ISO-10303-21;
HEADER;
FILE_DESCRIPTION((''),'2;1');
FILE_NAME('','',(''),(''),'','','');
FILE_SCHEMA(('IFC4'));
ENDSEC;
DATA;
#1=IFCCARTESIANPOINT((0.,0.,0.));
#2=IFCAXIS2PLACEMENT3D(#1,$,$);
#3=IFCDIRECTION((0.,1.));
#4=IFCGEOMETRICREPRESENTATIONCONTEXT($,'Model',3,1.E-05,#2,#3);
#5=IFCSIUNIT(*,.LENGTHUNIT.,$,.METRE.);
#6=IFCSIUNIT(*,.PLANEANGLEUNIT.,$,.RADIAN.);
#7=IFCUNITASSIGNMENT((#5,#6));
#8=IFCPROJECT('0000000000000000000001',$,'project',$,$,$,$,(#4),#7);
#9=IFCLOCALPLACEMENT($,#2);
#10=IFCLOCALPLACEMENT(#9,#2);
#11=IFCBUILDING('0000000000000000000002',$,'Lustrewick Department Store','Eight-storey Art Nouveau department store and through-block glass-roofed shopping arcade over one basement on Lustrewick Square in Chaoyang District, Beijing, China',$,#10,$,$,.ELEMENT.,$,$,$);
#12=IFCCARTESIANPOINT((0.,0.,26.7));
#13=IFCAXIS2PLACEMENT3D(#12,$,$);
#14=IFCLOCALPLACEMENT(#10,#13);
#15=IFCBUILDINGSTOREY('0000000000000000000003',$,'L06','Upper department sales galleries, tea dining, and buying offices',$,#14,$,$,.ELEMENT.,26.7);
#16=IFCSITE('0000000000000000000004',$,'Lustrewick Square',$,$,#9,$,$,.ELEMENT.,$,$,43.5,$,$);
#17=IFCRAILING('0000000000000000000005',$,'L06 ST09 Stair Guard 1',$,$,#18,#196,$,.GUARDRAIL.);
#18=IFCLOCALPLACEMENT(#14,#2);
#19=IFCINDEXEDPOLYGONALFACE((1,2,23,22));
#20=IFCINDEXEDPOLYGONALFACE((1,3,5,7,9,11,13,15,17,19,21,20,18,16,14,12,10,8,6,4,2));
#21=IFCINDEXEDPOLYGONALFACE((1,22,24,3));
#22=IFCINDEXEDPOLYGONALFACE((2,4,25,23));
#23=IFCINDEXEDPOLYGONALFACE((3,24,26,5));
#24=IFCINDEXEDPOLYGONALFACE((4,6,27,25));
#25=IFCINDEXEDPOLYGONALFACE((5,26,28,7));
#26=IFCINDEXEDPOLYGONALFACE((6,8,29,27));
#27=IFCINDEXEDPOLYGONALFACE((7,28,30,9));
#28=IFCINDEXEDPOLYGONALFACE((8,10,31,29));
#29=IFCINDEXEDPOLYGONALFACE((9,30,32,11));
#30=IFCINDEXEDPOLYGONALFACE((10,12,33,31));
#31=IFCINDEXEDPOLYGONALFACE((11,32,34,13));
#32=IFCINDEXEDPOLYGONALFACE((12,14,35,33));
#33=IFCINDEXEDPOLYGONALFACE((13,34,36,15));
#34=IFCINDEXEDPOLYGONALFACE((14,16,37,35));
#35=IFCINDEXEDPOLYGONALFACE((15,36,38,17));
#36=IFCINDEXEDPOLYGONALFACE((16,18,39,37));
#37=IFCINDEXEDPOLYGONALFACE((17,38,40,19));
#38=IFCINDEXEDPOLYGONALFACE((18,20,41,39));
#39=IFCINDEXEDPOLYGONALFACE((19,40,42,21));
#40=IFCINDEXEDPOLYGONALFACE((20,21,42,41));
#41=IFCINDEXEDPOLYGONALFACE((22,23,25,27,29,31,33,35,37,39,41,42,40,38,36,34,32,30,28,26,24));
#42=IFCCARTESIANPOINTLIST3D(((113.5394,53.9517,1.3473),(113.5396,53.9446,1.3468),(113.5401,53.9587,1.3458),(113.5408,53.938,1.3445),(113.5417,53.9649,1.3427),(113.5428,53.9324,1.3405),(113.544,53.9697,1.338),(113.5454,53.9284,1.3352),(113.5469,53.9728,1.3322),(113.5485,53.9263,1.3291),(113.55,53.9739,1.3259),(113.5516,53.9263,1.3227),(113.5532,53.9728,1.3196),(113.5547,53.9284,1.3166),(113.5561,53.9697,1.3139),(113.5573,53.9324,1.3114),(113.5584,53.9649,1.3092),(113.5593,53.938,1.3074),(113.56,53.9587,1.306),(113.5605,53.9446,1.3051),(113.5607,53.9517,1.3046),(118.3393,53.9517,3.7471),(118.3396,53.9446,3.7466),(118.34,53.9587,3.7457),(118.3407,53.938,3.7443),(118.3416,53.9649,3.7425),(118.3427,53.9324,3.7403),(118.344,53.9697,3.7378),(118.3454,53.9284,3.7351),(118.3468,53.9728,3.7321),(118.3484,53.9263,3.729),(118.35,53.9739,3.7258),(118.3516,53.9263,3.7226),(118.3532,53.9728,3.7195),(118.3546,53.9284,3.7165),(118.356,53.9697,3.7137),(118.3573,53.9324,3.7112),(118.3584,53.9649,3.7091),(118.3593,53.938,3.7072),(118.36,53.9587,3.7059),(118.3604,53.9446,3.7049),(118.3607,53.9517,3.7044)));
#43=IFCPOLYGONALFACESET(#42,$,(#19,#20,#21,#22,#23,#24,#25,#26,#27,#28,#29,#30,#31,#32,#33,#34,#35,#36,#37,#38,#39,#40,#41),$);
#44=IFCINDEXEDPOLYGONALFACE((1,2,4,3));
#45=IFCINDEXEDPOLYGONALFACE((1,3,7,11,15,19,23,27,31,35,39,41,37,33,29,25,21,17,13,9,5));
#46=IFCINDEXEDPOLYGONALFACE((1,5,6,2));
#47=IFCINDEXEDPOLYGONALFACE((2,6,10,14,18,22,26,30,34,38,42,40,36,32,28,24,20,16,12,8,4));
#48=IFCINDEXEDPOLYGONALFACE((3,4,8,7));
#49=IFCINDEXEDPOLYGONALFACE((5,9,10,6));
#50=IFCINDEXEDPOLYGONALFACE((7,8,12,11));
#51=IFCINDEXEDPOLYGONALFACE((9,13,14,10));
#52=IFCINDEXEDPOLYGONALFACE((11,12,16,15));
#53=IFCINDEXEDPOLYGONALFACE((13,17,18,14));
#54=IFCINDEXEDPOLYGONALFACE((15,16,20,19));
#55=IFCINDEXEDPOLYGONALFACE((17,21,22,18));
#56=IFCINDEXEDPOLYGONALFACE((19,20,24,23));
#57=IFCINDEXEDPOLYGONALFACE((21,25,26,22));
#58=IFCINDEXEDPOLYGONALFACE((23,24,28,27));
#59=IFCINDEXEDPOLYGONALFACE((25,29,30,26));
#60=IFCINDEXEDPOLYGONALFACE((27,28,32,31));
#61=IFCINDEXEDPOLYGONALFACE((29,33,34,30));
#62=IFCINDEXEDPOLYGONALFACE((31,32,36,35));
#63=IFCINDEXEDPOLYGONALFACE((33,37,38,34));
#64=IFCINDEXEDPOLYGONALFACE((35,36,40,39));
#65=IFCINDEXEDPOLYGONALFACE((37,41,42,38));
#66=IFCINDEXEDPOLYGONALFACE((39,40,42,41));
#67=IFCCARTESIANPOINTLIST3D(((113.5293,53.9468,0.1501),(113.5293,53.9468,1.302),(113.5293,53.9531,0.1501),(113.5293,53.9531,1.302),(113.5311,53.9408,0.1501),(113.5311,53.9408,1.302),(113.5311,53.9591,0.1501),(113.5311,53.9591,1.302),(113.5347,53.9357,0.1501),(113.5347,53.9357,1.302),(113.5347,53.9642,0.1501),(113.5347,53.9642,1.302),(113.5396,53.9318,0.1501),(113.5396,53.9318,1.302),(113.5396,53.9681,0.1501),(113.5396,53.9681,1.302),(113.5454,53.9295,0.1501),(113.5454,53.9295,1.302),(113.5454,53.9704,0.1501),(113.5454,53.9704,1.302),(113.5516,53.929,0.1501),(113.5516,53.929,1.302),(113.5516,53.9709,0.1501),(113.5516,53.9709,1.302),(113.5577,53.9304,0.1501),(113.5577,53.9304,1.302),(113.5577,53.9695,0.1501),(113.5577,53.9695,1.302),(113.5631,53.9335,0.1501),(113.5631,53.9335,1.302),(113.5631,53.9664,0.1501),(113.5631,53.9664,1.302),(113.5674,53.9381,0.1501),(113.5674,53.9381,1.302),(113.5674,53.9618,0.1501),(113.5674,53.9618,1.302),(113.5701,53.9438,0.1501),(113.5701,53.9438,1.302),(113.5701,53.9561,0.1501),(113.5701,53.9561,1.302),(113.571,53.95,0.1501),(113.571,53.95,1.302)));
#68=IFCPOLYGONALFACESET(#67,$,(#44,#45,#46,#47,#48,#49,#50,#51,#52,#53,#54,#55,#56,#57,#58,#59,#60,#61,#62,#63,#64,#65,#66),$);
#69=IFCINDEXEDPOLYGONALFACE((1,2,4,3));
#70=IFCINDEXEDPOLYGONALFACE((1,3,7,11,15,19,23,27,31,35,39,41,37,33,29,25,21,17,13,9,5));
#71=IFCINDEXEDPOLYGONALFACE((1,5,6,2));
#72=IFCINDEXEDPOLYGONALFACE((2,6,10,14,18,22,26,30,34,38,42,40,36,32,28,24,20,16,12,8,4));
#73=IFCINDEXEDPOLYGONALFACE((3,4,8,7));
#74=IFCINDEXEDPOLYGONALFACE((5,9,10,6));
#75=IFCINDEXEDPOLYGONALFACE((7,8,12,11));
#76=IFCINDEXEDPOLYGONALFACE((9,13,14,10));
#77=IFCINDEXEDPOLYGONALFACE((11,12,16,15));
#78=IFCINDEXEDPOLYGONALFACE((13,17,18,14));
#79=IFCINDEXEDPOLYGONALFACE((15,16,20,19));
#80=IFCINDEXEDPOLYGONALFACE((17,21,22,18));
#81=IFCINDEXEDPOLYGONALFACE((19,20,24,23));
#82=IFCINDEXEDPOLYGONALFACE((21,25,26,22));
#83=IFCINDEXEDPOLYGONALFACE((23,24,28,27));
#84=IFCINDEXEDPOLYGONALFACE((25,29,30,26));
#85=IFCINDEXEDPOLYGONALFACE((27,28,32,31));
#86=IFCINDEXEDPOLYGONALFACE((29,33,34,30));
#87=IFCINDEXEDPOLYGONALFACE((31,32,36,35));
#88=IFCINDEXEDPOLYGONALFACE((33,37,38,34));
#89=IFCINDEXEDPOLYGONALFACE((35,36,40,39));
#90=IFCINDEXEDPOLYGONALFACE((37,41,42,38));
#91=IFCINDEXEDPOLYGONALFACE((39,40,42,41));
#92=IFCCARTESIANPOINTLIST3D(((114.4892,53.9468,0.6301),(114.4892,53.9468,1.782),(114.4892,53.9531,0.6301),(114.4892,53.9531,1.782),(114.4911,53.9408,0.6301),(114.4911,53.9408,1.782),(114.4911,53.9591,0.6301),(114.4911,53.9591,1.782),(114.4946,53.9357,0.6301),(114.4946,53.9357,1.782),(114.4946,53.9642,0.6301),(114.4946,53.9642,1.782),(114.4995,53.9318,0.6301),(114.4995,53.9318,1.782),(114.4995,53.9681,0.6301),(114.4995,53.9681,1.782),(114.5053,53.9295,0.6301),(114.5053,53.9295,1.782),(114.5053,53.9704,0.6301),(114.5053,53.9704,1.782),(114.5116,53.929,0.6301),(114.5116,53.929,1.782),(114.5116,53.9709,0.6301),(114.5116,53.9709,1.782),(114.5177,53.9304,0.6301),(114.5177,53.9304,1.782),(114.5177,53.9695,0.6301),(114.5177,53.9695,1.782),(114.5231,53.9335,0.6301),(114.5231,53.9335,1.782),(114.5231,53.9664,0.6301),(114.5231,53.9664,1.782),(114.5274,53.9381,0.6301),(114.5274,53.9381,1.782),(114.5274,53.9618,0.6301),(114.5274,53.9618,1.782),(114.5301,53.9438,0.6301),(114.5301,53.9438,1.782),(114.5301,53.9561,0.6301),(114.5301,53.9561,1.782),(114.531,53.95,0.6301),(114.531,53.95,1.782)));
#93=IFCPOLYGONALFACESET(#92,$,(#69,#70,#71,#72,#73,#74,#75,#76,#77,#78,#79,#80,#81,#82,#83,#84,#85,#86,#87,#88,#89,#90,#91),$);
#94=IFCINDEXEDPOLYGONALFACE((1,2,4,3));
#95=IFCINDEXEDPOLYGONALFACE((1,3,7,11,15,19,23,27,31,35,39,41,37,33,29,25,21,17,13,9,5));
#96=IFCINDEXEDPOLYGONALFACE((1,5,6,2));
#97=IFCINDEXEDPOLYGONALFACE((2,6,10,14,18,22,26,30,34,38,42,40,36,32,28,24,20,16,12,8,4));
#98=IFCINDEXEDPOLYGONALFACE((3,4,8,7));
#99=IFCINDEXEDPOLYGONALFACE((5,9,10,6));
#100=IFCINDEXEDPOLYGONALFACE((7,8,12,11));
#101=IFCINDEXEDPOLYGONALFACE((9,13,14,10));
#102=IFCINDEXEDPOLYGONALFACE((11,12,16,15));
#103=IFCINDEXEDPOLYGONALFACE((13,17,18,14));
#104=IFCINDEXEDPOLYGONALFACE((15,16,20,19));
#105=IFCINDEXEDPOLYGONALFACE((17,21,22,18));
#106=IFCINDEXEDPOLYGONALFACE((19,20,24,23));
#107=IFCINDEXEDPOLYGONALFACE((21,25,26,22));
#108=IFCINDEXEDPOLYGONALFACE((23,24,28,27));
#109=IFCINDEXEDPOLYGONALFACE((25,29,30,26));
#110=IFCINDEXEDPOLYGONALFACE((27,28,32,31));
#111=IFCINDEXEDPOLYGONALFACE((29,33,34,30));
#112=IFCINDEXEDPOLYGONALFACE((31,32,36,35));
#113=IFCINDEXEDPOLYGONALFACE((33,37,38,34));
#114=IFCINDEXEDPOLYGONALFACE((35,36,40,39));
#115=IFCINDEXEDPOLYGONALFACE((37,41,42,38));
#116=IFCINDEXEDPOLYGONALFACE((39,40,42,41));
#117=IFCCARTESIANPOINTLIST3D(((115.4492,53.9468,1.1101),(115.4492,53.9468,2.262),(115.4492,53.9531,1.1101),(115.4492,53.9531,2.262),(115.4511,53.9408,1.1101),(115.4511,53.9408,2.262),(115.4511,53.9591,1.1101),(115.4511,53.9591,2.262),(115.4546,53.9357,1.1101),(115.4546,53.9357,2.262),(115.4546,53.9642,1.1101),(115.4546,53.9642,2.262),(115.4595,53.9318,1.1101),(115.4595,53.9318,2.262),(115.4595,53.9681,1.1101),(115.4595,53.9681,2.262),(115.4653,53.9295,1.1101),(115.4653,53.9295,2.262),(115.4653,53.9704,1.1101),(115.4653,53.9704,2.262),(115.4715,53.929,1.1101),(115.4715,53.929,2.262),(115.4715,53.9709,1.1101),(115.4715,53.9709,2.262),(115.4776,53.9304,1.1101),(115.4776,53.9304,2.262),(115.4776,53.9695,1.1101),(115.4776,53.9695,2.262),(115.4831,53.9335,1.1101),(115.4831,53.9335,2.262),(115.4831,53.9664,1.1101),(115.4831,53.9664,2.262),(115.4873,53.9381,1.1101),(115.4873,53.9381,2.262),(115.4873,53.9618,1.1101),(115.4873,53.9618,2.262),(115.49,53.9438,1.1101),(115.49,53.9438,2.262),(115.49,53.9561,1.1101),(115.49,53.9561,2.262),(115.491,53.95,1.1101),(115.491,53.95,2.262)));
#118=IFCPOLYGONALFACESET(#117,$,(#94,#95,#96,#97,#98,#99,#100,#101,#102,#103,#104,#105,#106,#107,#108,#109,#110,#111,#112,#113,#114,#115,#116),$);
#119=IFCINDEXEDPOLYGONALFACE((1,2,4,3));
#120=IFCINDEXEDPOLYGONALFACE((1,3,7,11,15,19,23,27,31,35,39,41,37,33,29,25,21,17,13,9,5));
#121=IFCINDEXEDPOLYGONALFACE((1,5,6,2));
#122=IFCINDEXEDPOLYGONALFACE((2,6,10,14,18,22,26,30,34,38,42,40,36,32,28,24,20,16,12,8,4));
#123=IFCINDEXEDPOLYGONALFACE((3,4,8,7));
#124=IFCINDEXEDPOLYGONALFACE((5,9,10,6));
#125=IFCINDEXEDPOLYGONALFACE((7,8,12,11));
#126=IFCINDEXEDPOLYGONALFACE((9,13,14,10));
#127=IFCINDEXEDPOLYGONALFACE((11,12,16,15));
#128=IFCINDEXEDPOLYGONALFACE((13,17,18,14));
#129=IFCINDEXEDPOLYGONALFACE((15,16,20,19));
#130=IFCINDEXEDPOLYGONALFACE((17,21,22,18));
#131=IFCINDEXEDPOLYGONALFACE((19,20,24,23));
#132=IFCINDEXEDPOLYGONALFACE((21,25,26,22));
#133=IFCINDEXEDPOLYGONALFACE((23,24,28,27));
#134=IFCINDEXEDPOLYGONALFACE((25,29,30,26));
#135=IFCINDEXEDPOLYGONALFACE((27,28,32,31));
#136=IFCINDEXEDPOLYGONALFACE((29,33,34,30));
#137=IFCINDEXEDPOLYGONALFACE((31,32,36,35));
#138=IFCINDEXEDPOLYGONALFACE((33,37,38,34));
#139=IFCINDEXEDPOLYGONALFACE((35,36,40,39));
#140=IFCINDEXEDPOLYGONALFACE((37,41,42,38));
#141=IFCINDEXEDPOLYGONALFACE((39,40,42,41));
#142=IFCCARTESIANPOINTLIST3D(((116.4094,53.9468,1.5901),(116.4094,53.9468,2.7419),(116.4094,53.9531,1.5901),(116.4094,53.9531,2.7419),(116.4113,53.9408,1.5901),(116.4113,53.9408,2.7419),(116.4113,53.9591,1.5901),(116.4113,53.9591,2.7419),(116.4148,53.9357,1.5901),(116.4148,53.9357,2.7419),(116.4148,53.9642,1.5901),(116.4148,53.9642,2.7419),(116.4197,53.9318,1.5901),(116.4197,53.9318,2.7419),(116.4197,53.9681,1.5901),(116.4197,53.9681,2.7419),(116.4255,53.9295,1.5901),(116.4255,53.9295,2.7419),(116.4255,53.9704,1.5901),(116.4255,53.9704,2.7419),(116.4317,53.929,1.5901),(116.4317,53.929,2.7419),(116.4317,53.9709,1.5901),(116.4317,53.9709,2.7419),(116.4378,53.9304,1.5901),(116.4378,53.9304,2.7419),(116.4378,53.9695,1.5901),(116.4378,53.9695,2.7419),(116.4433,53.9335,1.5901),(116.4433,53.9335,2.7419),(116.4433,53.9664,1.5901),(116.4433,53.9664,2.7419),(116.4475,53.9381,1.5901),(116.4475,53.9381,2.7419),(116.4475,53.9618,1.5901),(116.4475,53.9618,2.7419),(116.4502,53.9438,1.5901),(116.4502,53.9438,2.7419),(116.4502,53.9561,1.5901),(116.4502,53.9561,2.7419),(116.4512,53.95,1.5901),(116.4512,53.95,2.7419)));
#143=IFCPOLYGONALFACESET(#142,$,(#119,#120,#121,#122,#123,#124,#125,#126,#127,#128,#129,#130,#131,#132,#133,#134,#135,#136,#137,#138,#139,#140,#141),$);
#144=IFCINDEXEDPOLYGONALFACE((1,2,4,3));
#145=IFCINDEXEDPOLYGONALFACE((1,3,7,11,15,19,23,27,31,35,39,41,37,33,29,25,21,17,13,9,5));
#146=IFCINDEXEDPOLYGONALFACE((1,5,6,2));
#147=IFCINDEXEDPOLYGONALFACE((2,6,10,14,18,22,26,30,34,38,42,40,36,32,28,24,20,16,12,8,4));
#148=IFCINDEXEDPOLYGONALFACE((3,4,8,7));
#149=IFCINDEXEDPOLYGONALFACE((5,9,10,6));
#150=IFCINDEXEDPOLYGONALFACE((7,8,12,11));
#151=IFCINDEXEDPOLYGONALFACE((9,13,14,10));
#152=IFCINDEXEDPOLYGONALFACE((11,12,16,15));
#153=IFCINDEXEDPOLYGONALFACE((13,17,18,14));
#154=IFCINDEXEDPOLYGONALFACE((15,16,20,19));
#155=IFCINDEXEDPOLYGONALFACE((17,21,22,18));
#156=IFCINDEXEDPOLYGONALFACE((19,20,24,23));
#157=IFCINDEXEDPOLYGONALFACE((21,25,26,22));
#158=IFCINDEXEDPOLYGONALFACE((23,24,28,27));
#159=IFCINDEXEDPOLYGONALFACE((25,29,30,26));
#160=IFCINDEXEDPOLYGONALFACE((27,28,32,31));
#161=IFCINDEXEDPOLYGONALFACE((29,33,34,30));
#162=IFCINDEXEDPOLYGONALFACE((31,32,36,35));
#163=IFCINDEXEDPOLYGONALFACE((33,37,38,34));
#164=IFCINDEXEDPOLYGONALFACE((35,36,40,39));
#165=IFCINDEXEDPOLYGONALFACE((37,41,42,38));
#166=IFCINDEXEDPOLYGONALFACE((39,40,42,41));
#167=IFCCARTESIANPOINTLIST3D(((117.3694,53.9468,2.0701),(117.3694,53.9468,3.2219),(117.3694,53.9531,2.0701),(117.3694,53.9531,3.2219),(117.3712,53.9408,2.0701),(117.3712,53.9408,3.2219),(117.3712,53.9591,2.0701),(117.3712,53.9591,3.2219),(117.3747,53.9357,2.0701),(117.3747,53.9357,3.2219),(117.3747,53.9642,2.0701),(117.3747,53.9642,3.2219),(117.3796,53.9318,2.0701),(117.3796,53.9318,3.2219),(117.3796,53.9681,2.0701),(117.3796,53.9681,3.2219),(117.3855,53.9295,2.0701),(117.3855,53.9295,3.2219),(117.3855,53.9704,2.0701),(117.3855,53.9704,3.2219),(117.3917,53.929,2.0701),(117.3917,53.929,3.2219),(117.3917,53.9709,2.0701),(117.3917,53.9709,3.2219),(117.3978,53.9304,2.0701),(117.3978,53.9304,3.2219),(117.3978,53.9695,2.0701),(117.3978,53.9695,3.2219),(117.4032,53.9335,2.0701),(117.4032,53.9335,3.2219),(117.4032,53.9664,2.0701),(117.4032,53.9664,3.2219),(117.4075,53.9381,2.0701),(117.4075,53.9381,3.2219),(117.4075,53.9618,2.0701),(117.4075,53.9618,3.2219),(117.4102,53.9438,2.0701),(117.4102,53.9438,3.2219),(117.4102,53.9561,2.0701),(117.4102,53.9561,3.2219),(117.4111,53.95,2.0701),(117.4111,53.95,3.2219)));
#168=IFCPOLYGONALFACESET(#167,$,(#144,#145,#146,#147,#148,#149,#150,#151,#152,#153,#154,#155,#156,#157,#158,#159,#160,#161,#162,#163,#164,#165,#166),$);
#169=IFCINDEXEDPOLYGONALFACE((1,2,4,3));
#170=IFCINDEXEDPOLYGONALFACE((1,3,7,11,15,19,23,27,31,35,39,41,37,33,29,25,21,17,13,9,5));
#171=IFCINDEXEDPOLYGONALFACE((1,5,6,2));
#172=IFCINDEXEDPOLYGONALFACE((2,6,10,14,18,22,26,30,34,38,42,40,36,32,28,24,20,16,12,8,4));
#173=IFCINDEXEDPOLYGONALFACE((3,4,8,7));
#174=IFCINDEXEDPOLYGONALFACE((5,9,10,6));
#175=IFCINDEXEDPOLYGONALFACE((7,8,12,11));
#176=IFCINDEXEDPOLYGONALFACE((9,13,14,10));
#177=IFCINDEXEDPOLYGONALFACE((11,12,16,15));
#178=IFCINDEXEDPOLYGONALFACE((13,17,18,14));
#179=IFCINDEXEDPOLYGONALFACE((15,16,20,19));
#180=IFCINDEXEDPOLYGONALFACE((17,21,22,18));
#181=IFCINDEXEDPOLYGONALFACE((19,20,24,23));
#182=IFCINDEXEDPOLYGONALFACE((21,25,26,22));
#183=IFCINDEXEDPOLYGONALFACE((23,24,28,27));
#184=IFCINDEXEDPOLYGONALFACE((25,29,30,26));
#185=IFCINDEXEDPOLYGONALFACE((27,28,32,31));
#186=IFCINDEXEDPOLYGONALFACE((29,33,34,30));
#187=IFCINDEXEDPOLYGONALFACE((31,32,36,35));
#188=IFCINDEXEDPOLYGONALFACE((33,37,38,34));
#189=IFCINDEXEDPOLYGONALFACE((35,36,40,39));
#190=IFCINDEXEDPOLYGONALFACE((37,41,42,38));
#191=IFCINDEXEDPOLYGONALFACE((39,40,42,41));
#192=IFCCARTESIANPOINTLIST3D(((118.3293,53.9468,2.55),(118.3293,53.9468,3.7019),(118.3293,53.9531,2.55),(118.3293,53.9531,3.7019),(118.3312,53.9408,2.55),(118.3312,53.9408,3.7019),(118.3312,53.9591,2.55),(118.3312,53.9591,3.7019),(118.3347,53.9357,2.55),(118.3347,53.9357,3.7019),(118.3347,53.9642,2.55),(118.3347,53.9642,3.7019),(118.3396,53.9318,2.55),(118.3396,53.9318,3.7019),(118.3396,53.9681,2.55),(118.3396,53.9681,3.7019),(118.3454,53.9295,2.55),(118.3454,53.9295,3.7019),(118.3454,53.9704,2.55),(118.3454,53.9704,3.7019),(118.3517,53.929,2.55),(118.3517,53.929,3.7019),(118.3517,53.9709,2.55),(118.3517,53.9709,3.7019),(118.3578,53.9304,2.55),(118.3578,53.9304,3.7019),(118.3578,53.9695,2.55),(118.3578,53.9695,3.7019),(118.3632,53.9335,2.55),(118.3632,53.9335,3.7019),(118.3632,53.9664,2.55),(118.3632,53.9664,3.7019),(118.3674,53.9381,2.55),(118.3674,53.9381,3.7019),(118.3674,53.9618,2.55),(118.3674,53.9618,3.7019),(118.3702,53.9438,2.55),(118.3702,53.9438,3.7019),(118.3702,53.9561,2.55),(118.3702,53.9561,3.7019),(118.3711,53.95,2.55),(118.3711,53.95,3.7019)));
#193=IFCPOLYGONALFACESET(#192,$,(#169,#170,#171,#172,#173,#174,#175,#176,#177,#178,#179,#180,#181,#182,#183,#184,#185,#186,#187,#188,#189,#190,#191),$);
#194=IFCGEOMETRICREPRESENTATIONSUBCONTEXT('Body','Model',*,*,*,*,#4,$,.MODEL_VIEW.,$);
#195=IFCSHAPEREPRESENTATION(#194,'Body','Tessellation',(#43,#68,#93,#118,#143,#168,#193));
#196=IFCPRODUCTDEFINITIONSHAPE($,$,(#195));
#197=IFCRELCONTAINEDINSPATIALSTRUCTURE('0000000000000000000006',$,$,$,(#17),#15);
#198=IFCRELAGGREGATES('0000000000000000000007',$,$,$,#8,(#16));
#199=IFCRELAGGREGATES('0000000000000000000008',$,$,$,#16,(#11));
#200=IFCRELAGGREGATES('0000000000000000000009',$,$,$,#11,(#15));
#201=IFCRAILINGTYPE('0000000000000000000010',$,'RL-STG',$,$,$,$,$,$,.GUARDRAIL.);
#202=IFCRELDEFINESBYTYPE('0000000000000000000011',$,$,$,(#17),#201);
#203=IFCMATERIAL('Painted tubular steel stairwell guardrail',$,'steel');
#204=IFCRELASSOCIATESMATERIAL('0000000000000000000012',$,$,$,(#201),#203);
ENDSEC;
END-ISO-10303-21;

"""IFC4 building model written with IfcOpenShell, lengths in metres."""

from ifc_helpers import new_model, si_unit, direction, frame, origin, origin_2d, place, context, subcontext, project, spatial, circle, extrude, material, type_object, element, save


model = new_model("IFC4")

# Units and contexts
model_context = context("Model", 3, precision=1e-05, world=origin(), true_north=direction((0.0, 1.0)))
body_context = subcontext(model_context, "Body", "Model", "MODEL_VIEW")
ifc_project = project(units=[si_unit("LENGTHUNIT", "METRE"), si_unit("PLANEANGLEUNIT", "RADIAN")], contexts=[model_context])

# Site, building, storey
site_placement = place(None, origin())
site = spatial("IfcSite", under=ifc_project, at=site_placement, Name="Lustrewick Square", CompositionType="ELEMENT", RefElevation=43.5)
building_placement = place(site_placement, origin())
building = spatial("IfcBuilding", under=site, at=building_placement, Name="Lustrewick Department Store", Description="Eight-storey Art Nouveau department store and through-block glass-roofed shopping arcade over one basement on Lustrewick Square in Chaoyang District, Beijing, China", CompositionType="ELEMENT")
storey_placement = place(building_placement, frame((0.0, 0.0, 26.7)))
storey = spatial("IfcBuildingStorey", under=building, at=storey_placement, Name="L06", Description="Upper department sales galleries, tea dining, and buying offices", CompositionType="ELEMENT", Elevation=26.7)

# Railing
ifc_material_1 = material(Name="Painted tubular steel stairwell guardrail", Category="steel")
railing_type_1 = type_object("IfcRailingType", Name="RL-STG", PredefinedType="GUARDRAIL", material=ifc_material_1)
railing_1_placement = place(storey_placement, frame((113.55, 53.95, 0.1501)))
element("IfcRailing", 1, at=railing_1_placement, inside=storey, type_object=railing_type_1, Name="L06 ST09 Stair Guard 1", PredefinedType="GUARDRAIL", context=body_context, shape_type="SweptSolid", body=[
    extrude(circle(Radius=0.0239, at=origin_2d()), frame((0.0, 0.0, 1.1758), z_axis=(0.894436, 0.0, 0.447195), x_axis=(0.0, 1.0, 0.0)), (0.0, 0.0, 1.0), 5.3665),
    extrude(circle(Radius=0.021, at=origin_2d()), origin(), (0.0, 0.0, 1.0), 1.1519),
    extrude(circle(Radius=0.021, at=origin_2d()), frame((0.96, 0.0, 0.48)), (0.0, 0.0, 1.0), 1.1519),
    extrude(circle(Radius=0.021, at=origin_2d()), frame((1.9199, 0.0, 0.96)), (0.0, 0.0, 1.0), 1.1519),
    extrude(circle(Radius=0.021, at=origin_2d()), frame((2.8801, 0.0, 1.4399)), (0.0, 0.0, 1.0), 1.1519),
    extrude(circle(Radius=0.021, at=origin_2d()), frame((3.8401, 0.0, 1.9199)), (0.0, 0.0, 1.0), 1.1519),
    extrude(circle(Radius=0.021, at=origin_2d()), frame((4.8, 0.0, 2.3999)), (0.0, 0.0, 1.0), 1.1519),
])

save(model, "model.ifc")
